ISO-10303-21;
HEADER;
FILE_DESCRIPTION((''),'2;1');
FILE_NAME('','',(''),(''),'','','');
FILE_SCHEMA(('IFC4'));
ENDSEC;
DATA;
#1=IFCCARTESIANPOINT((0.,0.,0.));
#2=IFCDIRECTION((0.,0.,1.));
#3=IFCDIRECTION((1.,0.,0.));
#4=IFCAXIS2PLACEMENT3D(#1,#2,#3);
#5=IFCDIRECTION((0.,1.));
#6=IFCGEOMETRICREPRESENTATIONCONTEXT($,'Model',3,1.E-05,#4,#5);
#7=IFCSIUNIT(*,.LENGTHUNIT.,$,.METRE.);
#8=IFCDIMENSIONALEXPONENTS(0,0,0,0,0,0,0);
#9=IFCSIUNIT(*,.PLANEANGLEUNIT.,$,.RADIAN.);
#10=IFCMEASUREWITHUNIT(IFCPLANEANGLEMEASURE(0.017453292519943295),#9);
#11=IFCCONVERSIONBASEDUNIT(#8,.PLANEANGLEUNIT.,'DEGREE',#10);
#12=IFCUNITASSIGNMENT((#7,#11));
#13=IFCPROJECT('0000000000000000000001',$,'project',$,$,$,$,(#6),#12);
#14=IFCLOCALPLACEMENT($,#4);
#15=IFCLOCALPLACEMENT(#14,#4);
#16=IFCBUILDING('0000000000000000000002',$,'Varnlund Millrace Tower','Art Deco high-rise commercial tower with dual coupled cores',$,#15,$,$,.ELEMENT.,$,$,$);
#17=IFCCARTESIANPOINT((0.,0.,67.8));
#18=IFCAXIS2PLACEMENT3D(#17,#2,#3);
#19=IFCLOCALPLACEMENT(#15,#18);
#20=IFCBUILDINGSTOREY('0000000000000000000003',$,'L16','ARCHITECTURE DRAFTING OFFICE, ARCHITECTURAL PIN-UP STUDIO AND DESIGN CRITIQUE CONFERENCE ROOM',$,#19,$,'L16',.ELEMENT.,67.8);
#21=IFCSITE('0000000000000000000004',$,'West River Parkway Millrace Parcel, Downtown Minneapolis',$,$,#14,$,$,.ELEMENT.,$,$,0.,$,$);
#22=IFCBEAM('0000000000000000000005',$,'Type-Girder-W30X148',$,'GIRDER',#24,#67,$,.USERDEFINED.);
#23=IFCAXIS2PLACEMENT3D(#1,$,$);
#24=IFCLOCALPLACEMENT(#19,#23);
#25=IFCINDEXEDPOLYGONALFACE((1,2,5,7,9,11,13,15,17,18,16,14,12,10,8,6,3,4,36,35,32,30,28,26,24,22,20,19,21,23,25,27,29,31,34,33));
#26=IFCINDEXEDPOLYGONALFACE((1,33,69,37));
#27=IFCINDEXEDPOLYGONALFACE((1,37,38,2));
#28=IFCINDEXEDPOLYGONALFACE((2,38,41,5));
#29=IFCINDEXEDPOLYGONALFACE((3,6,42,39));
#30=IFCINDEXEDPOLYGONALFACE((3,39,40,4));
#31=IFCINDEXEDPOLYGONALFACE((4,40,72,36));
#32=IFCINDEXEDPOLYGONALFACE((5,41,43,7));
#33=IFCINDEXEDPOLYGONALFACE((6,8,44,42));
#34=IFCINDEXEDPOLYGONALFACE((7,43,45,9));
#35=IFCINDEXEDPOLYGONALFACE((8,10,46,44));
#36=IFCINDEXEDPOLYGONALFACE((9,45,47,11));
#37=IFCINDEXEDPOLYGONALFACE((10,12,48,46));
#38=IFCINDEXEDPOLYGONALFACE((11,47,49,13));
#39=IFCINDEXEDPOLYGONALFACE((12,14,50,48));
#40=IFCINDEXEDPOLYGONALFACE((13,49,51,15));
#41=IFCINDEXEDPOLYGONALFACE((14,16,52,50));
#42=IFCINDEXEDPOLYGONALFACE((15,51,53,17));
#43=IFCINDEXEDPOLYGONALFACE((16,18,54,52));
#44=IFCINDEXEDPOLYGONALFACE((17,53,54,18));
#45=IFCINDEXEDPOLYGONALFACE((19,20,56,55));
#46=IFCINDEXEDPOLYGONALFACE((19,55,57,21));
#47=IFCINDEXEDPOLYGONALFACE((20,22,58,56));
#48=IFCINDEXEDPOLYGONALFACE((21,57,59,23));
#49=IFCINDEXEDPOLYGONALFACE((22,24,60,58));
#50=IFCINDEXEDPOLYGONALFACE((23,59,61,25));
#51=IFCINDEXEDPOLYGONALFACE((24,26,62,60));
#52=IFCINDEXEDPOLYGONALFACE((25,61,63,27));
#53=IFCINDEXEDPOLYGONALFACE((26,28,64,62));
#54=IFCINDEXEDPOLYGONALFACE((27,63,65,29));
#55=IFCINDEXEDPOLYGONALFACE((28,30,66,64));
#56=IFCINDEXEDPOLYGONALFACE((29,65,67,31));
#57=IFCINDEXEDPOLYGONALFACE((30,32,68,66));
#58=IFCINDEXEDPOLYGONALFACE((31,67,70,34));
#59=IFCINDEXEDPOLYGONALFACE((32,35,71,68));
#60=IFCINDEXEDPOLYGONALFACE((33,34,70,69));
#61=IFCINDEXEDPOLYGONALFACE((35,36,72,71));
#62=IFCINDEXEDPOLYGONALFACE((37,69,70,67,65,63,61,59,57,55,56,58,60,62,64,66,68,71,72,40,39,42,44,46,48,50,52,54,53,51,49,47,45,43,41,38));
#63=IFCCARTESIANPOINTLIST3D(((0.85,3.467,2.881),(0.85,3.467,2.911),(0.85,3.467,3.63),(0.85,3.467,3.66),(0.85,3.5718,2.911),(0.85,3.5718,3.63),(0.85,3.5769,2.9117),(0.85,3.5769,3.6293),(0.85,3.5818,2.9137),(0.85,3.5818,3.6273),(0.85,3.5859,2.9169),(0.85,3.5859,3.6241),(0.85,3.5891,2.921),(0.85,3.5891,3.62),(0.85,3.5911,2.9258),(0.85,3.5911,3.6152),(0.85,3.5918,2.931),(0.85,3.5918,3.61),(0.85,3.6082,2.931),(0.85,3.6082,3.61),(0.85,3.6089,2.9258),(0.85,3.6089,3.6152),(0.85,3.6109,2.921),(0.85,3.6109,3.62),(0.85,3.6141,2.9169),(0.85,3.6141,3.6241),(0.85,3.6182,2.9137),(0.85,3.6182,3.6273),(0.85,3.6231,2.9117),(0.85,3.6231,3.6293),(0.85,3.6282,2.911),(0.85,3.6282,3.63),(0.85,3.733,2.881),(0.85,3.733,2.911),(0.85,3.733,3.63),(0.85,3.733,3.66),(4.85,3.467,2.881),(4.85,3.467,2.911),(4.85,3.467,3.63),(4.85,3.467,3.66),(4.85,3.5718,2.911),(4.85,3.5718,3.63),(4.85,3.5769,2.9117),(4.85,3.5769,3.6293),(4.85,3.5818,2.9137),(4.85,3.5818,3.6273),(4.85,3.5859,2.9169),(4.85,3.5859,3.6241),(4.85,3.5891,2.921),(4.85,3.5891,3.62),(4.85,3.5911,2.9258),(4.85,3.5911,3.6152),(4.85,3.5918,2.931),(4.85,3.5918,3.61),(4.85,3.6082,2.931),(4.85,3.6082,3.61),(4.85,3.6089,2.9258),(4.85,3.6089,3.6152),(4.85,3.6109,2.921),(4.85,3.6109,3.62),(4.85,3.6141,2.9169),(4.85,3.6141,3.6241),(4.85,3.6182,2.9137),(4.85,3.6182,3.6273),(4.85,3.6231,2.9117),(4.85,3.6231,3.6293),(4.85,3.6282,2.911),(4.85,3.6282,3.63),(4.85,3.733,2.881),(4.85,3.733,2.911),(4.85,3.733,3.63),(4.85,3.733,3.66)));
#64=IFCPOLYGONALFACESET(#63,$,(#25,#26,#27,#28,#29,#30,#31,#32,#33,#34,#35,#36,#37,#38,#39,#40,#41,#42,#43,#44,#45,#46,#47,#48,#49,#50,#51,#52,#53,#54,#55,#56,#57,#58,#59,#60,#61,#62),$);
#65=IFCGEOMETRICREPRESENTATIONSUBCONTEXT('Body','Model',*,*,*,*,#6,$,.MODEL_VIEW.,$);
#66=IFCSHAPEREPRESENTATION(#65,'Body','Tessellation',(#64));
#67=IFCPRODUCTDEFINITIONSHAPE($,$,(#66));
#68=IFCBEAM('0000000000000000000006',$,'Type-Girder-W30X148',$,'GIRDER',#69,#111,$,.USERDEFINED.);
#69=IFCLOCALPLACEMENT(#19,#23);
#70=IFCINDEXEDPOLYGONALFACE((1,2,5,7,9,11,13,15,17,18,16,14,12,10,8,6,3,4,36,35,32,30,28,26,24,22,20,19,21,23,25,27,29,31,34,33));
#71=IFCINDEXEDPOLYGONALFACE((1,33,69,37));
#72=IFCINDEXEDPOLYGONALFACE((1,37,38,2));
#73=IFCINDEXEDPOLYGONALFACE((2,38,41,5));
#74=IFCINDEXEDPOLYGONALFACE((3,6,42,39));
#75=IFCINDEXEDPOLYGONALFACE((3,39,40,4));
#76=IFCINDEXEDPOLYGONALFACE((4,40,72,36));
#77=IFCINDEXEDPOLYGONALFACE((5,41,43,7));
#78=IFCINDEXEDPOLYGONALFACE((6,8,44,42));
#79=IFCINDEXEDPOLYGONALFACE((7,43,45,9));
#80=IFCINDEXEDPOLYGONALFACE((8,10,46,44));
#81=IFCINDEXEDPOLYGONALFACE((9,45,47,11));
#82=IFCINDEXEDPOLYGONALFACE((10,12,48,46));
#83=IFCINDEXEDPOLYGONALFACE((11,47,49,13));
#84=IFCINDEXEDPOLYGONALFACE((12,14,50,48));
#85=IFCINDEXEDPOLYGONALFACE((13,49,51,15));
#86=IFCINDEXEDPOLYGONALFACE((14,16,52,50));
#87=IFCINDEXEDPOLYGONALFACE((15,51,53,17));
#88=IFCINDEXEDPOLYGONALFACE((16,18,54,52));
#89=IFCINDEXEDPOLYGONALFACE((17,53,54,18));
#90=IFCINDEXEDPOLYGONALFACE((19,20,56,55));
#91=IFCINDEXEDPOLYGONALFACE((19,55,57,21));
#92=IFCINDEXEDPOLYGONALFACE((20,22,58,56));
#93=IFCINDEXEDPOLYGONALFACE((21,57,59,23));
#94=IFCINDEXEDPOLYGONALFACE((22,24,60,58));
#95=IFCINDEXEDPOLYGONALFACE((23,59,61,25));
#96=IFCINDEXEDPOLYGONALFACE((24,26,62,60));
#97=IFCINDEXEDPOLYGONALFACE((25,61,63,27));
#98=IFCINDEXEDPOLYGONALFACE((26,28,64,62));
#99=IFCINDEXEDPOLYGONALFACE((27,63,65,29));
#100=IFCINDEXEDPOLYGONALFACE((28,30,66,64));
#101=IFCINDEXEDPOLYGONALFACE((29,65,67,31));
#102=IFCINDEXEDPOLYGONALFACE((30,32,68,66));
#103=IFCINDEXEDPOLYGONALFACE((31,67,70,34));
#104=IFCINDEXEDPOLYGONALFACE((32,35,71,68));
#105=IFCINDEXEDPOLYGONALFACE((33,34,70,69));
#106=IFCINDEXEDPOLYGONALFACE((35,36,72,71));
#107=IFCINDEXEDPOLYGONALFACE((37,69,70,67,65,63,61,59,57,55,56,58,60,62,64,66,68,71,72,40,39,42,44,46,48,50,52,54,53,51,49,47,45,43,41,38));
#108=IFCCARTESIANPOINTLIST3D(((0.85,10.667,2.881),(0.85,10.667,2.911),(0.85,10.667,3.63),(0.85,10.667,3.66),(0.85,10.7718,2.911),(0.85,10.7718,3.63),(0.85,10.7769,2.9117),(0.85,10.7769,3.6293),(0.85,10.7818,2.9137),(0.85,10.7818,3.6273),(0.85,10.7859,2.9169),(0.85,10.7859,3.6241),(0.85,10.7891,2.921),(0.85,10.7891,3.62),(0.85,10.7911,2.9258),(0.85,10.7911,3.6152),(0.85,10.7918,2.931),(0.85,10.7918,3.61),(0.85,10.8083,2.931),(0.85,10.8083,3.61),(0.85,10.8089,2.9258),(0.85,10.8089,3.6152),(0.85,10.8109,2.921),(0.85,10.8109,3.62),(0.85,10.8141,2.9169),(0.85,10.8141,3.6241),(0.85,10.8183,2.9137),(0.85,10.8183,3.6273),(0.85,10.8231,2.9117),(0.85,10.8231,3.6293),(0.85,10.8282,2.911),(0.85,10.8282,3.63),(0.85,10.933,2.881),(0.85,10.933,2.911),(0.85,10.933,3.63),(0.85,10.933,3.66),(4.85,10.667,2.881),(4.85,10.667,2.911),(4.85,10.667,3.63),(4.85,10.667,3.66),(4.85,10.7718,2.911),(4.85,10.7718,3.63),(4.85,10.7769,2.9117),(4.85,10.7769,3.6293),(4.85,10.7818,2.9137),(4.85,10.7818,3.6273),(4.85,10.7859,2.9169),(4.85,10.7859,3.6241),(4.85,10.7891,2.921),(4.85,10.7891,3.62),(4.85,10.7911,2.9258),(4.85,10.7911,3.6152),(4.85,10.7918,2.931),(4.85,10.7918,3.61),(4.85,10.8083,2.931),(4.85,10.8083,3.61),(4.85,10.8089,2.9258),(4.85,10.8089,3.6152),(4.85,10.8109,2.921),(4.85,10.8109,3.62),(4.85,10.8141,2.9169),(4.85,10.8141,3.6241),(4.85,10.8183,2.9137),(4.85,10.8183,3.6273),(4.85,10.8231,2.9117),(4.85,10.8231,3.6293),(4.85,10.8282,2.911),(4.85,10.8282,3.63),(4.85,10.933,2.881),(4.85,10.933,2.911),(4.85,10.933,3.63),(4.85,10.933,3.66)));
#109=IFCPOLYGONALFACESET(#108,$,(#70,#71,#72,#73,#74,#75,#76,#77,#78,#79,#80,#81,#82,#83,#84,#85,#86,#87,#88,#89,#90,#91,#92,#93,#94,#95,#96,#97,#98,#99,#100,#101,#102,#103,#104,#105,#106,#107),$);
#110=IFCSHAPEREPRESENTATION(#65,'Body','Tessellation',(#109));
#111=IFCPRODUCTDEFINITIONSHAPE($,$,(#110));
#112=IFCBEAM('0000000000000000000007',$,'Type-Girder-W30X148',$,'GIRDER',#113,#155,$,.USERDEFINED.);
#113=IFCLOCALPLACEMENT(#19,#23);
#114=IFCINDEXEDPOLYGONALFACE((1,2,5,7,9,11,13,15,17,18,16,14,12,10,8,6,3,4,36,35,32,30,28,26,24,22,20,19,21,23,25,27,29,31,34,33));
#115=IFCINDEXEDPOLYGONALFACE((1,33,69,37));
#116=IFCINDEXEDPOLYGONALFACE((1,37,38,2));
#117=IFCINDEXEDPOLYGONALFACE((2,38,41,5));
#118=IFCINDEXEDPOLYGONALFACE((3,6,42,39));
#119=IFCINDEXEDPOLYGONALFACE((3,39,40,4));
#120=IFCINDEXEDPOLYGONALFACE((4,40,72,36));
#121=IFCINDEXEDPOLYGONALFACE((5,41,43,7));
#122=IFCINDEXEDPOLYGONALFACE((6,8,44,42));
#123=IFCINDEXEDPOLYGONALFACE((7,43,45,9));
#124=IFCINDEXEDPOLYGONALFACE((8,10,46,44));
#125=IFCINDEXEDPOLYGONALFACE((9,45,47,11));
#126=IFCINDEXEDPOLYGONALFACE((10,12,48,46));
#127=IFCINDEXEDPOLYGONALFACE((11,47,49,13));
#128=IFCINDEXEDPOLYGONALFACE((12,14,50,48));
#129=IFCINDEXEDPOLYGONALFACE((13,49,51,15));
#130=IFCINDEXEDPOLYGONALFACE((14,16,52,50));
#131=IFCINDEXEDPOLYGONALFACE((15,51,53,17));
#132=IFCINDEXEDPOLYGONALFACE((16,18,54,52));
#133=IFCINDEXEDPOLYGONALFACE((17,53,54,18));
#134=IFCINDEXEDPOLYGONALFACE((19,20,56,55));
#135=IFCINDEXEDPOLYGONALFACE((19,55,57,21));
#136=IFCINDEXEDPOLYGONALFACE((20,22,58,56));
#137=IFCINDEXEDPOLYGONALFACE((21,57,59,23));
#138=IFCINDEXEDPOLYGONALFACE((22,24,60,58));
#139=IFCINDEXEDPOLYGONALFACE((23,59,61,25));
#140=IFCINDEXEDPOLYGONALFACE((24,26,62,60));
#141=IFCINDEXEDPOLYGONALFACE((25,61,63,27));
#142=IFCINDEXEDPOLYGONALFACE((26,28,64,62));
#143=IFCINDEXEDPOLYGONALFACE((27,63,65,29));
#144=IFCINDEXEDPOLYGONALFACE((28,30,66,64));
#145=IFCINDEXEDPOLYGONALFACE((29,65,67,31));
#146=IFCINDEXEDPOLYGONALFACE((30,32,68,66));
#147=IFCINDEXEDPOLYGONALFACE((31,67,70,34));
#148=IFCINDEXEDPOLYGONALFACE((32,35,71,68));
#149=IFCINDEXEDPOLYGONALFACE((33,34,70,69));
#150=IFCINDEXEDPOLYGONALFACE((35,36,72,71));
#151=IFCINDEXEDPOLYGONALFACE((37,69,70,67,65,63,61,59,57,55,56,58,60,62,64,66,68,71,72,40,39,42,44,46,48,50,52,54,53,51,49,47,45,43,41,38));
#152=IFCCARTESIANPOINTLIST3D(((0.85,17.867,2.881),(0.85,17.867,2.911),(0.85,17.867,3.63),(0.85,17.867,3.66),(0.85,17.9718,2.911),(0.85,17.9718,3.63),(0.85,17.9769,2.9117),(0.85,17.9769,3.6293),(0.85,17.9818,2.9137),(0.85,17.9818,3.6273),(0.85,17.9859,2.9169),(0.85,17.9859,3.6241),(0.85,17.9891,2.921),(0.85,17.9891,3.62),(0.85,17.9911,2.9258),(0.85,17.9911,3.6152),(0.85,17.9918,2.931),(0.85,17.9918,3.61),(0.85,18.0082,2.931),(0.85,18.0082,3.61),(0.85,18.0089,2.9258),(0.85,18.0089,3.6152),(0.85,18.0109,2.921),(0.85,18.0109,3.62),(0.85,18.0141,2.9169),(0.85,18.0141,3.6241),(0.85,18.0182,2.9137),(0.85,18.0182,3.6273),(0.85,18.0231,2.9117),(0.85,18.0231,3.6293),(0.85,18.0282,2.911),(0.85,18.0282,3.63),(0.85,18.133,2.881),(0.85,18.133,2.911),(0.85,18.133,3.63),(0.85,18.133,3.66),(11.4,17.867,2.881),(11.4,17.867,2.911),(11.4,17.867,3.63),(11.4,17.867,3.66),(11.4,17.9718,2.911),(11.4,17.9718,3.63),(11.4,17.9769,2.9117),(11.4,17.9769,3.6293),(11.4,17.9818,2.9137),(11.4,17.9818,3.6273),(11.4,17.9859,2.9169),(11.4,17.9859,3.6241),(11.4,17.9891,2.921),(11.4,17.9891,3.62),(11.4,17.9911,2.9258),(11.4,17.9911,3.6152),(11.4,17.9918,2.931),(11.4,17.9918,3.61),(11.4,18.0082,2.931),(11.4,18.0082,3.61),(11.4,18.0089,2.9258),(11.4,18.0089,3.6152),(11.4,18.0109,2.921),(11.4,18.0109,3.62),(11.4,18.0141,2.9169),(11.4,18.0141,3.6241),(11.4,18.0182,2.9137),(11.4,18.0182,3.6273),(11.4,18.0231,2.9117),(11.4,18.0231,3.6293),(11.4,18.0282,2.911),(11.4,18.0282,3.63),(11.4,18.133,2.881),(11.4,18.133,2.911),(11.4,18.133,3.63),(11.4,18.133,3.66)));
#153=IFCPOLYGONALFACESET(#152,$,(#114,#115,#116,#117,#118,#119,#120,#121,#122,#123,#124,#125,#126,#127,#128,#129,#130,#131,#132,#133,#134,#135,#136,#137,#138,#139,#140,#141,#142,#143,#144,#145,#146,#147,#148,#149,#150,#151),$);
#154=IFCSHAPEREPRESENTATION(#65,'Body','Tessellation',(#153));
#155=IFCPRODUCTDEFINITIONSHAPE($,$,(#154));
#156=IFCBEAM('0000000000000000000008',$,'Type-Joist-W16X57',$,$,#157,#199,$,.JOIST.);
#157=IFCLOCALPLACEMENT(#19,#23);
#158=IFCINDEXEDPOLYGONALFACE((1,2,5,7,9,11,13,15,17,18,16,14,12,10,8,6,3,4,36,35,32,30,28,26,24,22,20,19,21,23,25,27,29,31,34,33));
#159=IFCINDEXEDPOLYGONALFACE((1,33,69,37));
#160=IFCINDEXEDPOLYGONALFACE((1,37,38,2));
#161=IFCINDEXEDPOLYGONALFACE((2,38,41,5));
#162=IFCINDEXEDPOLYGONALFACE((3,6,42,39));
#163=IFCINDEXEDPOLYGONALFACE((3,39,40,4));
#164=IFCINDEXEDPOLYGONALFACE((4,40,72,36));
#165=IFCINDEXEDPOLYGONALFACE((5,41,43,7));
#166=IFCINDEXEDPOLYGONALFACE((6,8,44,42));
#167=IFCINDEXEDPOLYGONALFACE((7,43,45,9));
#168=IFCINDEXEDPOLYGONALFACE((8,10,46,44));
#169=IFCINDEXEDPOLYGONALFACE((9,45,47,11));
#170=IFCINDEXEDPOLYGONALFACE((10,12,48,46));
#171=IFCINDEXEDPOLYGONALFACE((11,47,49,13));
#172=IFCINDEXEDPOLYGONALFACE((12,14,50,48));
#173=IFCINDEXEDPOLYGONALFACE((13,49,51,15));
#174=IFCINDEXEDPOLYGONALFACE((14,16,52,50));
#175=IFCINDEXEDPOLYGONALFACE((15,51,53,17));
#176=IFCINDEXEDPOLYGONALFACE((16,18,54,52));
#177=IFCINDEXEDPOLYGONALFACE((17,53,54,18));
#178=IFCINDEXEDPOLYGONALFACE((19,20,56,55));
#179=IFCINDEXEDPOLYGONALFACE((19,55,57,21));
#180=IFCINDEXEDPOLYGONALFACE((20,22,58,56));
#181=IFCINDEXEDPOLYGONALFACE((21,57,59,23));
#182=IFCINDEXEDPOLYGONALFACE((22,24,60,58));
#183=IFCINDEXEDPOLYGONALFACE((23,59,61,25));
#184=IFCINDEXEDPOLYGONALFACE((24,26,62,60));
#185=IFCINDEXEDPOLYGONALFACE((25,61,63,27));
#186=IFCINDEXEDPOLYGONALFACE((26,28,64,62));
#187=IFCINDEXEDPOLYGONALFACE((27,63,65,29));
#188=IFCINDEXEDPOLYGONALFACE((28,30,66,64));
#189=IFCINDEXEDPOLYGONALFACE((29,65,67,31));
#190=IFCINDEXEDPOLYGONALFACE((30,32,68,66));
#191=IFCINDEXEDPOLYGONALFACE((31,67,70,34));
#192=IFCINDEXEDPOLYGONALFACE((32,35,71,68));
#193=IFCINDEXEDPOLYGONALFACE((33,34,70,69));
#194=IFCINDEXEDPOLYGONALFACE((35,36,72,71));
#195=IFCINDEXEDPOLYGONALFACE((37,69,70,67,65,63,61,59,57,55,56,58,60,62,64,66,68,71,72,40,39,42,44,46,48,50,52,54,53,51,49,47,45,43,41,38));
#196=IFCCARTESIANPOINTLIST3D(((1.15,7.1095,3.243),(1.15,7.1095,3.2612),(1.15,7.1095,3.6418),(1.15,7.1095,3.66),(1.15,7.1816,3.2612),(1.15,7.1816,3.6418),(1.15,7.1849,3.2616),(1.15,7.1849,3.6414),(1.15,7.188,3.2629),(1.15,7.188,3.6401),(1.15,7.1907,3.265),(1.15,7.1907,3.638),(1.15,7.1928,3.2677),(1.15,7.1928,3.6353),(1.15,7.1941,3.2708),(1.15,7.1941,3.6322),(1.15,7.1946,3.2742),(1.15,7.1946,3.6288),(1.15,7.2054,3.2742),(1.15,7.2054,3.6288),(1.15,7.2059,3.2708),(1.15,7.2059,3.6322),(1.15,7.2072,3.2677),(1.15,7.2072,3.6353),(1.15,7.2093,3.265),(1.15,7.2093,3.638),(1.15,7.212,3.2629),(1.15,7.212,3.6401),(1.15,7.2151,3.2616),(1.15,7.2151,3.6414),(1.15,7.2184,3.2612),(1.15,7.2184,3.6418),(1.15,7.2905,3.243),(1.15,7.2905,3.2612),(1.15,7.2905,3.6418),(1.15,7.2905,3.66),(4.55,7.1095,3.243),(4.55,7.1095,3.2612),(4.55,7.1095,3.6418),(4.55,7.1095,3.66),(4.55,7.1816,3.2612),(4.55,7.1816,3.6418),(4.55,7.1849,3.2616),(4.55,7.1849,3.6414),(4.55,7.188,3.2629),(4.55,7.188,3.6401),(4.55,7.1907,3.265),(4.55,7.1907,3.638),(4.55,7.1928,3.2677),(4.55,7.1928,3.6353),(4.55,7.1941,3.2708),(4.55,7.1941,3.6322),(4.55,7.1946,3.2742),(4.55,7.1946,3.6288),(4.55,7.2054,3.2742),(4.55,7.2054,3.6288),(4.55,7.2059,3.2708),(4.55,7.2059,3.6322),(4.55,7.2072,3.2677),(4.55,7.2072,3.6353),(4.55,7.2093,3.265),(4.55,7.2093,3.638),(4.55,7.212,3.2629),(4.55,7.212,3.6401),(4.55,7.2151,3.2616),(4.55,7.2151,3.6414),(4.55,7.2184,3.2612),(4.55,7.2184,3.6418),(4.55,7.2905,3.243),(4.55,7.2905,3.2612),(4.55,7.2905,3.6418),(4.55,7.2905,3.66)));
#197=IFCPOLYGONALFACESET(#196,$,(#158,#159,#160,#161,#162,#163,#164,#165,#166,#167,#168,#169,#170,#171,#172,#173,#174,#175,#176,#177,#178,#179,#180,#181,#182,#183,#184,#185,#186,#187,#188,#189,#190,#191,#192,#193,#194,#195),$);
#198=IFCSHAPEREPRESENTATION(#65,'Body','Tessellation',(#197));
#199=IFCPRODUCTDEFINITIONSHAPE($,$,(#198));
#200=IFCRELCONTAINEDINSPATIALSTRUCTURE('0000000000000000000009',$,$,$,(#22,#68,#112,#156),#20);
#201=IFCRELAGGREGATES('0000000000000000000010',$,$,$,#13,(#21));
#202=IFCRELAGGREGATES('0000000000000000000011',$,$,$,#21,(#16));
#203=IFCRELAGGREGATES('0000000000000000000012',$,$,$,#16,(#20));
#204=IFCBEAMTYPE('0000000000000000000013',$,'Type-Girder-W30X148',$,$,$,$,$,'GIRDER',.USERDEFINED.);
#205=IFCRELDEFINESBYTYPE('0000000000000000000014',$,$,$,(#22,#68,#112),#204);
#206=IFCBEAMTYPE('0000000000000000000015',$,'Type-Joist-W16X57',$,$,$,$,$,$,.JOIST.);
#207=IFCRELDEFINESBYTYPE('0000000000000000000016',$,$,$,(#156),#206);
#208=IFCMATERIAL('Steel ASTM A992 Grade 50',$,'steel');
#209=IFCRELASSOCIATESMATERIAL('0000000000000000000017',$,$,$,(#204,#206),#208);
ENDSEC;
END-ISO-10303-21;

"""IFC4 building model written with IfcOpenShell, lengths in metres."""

from ifc_helpers import new_model, entity, si_unit, converted_unit, direction, frame, origin_with_axes, origin_2d_with_axis, place, context, subcontext, project, spatial, i_section, extrude, material, material_profile, profile_set, type_object, element, save


model = new_model("IFC4")

# Units and contexts
model_context = context("Model", 3, precision=1e-05, world=origin_with_axes(), true_north=direction((0.0, 1.0)))
body_context = subcontext(model_context, "Body", "Model", "MODEL_VIEW")
ifc_project = project(units=[si_unit("LENGTHUNIT", "METRE"), converted_unit("PLANEANGLEUNIT", "DEGREE", entity("IfcPlaneAngleMeasure", 0.017453292519943295), si_unit("PLANEANGLEUNIT", "RADIAN"), dimensions=[0, 0, 0, 0, 0, 0, 0])], contexts=[model_context])

# Site, building, storey
site_placement = place(None, origin_with_axes())
site = spatial("IfcSite", under=ifc_project, at=site_placement, Name="West River Parkway Millrace Parcel, Downtown Minneapolis", CompositionType="ELEMENT", RefElevation=0.0)
building_placement = place(site_placement, origin_with_axes())
building = spatial("IfcBuilding", under=site, at=building_placement, Name="Varnlund Millrace Tower", Description="Art Deco high-rise commercial tower with dual coupled cores", CompositionType="ELEMENT")
storey_placement = place(building_placement, frame((0.0, 0.0, 67.8), z_axis=(0.0, 0.0, 1.0), x_axis=(1.0, 0.0, 0.0)))
storey = spatial("IfcBuildingStorey", under=building, at=storey_placement, Name="L16", Description="ARCHITECTURE DRAFTING OFFICE, ARCHITECTURAL PIN-UP STUDIO AND DESIGN CRITIQUE CONFERENCE ROOM", LongName="L16", CompositionType="ELEMENT", Elevation=67.8)

# Beams
ifc_material_1 = material(Name="Steel ASTM A992 Grade 50", Category="steel")
ifc_material_profile_1 = material_profile(ifc_material_1, i_section(OverallWidth=0.266, OverallDepth=0.779, WebThickness=0.0165, FlangeThickness=0.03, FilletRadius=0.02, at=origin_2d_with_axis()), Name="Steel ASTM A992 Grade 50")
ifc_profile_set_1 = profile_set([ifc_material_profile_1], Name="Steel ASTM A992 Grade 50")
beam_type_1 = type_object("IfcBeamType", Name="Type-Girder-W30X148", ElementType="GIRDER", PredefinedType="USERDEFINED", material=ifc_profile_set_1)
for number, where, z_axis, x_axis, name in (
    (1, (0.85, 3.6, 3.2705), (1.0, 0.0, 0.0), (0.0, 1.0, 0.0), "Type-Girder-W30X148"),
    (2, (0.85, 10.8, 3.2705), (1.0, 0.0, 0.0), (0.0, 1.0, 0.0), "Type-Girder-W30X148"),
):
    element("IfcBeam", number, at=place(storey_placement, frame(where, z_axis=z_axis, x_axis=x_axis)), inside=storey, type_object=beam_type_1, Name=name, ObjectType="GIRDER", PredefinedType="USERDEFINED", context=body_context, shape_type="SweptSolid", body=[
        extrude(i_section(OverallWidth=0.266, OverallDepth=0.779, WebThickness=0.0165, FlangeThickness=0.03, FilletRadius=0.02, at=origin_2d_with_axis()), origin_with_axes(), (0.0, 0.0, 1.0), 4.0),
    ])
beam_1_placement = place(storey_placement, frame((0.85, 18.0, 3.2705), z_axis=(1.0, 0.0, 0.0), x_axis=(0.0, 1.0, 0.0)))
element("IfcBeam", 3, at=beam_1_placement, inside=storey, type_object=beam_type_1, Name="Type-Girder-W30X148", ObjectType="GIRDER", PredefinedType="USERDEFINED", context=body_context, shape_type="SweptSolid", body=[
    extrude(i_section(OverallWidth=0.266, OverallDepth=0.779, WebThickness=0.0165, FlangeThickness=0.03, FilletRadius=0.02, at=origin_2d_with_axis()), origin_with_axes(), (0.0, 0.0, 1.0), 10.55),
])
ifc_material_profile_2 = material_profile(ifc_material_1, i_section(OverallWidth=0.181, OverallDepth=0.417, WebThickness=0.0109, FlangeThickness=0.0182, FilletRadius=0.013, at=origin_2d_with_axis()), Name="Steel ASTM A992 Grade 50")
ifc_profile_set_2 = profile_set([ifc_material_profile_2], Name="Steel ASTM A992 Grade 50")
beam_type_2 = type_object("IfcBeamType", Name="Type-Joist-W16X57", PredefinedType="JOIST", material=ifc_profile_set_2)
for number, where, z_axis, x_axis, name in (
    (4, (1.15, 7.2, 3.4515), (1.0, 0.0, 0.0), (0.0, 1.0, 0.0), "Type-Joist-W16X57"),
):
    element("IfcBeam", number, at=place(storey_placement, frame(where, z_axis=z_axis, x_axis=x_axis)), inside=storey, type_object=beam_type_2, Name=name, PredefinedType="JOIST", context=body_context, shape_type="SweptSolid", body=[
        extrude(i_section(OverallWidth=0.181, OverallDepth=0.417, WebThickness=0.0109, FlangeThickness=0.0182, FilletRadius=0.013, at=origin_2d_with_axis()), origin_with_axes(), (0.0, 0.0, 1.0), 3.4),
    ])

save(model, "model.ifc")
